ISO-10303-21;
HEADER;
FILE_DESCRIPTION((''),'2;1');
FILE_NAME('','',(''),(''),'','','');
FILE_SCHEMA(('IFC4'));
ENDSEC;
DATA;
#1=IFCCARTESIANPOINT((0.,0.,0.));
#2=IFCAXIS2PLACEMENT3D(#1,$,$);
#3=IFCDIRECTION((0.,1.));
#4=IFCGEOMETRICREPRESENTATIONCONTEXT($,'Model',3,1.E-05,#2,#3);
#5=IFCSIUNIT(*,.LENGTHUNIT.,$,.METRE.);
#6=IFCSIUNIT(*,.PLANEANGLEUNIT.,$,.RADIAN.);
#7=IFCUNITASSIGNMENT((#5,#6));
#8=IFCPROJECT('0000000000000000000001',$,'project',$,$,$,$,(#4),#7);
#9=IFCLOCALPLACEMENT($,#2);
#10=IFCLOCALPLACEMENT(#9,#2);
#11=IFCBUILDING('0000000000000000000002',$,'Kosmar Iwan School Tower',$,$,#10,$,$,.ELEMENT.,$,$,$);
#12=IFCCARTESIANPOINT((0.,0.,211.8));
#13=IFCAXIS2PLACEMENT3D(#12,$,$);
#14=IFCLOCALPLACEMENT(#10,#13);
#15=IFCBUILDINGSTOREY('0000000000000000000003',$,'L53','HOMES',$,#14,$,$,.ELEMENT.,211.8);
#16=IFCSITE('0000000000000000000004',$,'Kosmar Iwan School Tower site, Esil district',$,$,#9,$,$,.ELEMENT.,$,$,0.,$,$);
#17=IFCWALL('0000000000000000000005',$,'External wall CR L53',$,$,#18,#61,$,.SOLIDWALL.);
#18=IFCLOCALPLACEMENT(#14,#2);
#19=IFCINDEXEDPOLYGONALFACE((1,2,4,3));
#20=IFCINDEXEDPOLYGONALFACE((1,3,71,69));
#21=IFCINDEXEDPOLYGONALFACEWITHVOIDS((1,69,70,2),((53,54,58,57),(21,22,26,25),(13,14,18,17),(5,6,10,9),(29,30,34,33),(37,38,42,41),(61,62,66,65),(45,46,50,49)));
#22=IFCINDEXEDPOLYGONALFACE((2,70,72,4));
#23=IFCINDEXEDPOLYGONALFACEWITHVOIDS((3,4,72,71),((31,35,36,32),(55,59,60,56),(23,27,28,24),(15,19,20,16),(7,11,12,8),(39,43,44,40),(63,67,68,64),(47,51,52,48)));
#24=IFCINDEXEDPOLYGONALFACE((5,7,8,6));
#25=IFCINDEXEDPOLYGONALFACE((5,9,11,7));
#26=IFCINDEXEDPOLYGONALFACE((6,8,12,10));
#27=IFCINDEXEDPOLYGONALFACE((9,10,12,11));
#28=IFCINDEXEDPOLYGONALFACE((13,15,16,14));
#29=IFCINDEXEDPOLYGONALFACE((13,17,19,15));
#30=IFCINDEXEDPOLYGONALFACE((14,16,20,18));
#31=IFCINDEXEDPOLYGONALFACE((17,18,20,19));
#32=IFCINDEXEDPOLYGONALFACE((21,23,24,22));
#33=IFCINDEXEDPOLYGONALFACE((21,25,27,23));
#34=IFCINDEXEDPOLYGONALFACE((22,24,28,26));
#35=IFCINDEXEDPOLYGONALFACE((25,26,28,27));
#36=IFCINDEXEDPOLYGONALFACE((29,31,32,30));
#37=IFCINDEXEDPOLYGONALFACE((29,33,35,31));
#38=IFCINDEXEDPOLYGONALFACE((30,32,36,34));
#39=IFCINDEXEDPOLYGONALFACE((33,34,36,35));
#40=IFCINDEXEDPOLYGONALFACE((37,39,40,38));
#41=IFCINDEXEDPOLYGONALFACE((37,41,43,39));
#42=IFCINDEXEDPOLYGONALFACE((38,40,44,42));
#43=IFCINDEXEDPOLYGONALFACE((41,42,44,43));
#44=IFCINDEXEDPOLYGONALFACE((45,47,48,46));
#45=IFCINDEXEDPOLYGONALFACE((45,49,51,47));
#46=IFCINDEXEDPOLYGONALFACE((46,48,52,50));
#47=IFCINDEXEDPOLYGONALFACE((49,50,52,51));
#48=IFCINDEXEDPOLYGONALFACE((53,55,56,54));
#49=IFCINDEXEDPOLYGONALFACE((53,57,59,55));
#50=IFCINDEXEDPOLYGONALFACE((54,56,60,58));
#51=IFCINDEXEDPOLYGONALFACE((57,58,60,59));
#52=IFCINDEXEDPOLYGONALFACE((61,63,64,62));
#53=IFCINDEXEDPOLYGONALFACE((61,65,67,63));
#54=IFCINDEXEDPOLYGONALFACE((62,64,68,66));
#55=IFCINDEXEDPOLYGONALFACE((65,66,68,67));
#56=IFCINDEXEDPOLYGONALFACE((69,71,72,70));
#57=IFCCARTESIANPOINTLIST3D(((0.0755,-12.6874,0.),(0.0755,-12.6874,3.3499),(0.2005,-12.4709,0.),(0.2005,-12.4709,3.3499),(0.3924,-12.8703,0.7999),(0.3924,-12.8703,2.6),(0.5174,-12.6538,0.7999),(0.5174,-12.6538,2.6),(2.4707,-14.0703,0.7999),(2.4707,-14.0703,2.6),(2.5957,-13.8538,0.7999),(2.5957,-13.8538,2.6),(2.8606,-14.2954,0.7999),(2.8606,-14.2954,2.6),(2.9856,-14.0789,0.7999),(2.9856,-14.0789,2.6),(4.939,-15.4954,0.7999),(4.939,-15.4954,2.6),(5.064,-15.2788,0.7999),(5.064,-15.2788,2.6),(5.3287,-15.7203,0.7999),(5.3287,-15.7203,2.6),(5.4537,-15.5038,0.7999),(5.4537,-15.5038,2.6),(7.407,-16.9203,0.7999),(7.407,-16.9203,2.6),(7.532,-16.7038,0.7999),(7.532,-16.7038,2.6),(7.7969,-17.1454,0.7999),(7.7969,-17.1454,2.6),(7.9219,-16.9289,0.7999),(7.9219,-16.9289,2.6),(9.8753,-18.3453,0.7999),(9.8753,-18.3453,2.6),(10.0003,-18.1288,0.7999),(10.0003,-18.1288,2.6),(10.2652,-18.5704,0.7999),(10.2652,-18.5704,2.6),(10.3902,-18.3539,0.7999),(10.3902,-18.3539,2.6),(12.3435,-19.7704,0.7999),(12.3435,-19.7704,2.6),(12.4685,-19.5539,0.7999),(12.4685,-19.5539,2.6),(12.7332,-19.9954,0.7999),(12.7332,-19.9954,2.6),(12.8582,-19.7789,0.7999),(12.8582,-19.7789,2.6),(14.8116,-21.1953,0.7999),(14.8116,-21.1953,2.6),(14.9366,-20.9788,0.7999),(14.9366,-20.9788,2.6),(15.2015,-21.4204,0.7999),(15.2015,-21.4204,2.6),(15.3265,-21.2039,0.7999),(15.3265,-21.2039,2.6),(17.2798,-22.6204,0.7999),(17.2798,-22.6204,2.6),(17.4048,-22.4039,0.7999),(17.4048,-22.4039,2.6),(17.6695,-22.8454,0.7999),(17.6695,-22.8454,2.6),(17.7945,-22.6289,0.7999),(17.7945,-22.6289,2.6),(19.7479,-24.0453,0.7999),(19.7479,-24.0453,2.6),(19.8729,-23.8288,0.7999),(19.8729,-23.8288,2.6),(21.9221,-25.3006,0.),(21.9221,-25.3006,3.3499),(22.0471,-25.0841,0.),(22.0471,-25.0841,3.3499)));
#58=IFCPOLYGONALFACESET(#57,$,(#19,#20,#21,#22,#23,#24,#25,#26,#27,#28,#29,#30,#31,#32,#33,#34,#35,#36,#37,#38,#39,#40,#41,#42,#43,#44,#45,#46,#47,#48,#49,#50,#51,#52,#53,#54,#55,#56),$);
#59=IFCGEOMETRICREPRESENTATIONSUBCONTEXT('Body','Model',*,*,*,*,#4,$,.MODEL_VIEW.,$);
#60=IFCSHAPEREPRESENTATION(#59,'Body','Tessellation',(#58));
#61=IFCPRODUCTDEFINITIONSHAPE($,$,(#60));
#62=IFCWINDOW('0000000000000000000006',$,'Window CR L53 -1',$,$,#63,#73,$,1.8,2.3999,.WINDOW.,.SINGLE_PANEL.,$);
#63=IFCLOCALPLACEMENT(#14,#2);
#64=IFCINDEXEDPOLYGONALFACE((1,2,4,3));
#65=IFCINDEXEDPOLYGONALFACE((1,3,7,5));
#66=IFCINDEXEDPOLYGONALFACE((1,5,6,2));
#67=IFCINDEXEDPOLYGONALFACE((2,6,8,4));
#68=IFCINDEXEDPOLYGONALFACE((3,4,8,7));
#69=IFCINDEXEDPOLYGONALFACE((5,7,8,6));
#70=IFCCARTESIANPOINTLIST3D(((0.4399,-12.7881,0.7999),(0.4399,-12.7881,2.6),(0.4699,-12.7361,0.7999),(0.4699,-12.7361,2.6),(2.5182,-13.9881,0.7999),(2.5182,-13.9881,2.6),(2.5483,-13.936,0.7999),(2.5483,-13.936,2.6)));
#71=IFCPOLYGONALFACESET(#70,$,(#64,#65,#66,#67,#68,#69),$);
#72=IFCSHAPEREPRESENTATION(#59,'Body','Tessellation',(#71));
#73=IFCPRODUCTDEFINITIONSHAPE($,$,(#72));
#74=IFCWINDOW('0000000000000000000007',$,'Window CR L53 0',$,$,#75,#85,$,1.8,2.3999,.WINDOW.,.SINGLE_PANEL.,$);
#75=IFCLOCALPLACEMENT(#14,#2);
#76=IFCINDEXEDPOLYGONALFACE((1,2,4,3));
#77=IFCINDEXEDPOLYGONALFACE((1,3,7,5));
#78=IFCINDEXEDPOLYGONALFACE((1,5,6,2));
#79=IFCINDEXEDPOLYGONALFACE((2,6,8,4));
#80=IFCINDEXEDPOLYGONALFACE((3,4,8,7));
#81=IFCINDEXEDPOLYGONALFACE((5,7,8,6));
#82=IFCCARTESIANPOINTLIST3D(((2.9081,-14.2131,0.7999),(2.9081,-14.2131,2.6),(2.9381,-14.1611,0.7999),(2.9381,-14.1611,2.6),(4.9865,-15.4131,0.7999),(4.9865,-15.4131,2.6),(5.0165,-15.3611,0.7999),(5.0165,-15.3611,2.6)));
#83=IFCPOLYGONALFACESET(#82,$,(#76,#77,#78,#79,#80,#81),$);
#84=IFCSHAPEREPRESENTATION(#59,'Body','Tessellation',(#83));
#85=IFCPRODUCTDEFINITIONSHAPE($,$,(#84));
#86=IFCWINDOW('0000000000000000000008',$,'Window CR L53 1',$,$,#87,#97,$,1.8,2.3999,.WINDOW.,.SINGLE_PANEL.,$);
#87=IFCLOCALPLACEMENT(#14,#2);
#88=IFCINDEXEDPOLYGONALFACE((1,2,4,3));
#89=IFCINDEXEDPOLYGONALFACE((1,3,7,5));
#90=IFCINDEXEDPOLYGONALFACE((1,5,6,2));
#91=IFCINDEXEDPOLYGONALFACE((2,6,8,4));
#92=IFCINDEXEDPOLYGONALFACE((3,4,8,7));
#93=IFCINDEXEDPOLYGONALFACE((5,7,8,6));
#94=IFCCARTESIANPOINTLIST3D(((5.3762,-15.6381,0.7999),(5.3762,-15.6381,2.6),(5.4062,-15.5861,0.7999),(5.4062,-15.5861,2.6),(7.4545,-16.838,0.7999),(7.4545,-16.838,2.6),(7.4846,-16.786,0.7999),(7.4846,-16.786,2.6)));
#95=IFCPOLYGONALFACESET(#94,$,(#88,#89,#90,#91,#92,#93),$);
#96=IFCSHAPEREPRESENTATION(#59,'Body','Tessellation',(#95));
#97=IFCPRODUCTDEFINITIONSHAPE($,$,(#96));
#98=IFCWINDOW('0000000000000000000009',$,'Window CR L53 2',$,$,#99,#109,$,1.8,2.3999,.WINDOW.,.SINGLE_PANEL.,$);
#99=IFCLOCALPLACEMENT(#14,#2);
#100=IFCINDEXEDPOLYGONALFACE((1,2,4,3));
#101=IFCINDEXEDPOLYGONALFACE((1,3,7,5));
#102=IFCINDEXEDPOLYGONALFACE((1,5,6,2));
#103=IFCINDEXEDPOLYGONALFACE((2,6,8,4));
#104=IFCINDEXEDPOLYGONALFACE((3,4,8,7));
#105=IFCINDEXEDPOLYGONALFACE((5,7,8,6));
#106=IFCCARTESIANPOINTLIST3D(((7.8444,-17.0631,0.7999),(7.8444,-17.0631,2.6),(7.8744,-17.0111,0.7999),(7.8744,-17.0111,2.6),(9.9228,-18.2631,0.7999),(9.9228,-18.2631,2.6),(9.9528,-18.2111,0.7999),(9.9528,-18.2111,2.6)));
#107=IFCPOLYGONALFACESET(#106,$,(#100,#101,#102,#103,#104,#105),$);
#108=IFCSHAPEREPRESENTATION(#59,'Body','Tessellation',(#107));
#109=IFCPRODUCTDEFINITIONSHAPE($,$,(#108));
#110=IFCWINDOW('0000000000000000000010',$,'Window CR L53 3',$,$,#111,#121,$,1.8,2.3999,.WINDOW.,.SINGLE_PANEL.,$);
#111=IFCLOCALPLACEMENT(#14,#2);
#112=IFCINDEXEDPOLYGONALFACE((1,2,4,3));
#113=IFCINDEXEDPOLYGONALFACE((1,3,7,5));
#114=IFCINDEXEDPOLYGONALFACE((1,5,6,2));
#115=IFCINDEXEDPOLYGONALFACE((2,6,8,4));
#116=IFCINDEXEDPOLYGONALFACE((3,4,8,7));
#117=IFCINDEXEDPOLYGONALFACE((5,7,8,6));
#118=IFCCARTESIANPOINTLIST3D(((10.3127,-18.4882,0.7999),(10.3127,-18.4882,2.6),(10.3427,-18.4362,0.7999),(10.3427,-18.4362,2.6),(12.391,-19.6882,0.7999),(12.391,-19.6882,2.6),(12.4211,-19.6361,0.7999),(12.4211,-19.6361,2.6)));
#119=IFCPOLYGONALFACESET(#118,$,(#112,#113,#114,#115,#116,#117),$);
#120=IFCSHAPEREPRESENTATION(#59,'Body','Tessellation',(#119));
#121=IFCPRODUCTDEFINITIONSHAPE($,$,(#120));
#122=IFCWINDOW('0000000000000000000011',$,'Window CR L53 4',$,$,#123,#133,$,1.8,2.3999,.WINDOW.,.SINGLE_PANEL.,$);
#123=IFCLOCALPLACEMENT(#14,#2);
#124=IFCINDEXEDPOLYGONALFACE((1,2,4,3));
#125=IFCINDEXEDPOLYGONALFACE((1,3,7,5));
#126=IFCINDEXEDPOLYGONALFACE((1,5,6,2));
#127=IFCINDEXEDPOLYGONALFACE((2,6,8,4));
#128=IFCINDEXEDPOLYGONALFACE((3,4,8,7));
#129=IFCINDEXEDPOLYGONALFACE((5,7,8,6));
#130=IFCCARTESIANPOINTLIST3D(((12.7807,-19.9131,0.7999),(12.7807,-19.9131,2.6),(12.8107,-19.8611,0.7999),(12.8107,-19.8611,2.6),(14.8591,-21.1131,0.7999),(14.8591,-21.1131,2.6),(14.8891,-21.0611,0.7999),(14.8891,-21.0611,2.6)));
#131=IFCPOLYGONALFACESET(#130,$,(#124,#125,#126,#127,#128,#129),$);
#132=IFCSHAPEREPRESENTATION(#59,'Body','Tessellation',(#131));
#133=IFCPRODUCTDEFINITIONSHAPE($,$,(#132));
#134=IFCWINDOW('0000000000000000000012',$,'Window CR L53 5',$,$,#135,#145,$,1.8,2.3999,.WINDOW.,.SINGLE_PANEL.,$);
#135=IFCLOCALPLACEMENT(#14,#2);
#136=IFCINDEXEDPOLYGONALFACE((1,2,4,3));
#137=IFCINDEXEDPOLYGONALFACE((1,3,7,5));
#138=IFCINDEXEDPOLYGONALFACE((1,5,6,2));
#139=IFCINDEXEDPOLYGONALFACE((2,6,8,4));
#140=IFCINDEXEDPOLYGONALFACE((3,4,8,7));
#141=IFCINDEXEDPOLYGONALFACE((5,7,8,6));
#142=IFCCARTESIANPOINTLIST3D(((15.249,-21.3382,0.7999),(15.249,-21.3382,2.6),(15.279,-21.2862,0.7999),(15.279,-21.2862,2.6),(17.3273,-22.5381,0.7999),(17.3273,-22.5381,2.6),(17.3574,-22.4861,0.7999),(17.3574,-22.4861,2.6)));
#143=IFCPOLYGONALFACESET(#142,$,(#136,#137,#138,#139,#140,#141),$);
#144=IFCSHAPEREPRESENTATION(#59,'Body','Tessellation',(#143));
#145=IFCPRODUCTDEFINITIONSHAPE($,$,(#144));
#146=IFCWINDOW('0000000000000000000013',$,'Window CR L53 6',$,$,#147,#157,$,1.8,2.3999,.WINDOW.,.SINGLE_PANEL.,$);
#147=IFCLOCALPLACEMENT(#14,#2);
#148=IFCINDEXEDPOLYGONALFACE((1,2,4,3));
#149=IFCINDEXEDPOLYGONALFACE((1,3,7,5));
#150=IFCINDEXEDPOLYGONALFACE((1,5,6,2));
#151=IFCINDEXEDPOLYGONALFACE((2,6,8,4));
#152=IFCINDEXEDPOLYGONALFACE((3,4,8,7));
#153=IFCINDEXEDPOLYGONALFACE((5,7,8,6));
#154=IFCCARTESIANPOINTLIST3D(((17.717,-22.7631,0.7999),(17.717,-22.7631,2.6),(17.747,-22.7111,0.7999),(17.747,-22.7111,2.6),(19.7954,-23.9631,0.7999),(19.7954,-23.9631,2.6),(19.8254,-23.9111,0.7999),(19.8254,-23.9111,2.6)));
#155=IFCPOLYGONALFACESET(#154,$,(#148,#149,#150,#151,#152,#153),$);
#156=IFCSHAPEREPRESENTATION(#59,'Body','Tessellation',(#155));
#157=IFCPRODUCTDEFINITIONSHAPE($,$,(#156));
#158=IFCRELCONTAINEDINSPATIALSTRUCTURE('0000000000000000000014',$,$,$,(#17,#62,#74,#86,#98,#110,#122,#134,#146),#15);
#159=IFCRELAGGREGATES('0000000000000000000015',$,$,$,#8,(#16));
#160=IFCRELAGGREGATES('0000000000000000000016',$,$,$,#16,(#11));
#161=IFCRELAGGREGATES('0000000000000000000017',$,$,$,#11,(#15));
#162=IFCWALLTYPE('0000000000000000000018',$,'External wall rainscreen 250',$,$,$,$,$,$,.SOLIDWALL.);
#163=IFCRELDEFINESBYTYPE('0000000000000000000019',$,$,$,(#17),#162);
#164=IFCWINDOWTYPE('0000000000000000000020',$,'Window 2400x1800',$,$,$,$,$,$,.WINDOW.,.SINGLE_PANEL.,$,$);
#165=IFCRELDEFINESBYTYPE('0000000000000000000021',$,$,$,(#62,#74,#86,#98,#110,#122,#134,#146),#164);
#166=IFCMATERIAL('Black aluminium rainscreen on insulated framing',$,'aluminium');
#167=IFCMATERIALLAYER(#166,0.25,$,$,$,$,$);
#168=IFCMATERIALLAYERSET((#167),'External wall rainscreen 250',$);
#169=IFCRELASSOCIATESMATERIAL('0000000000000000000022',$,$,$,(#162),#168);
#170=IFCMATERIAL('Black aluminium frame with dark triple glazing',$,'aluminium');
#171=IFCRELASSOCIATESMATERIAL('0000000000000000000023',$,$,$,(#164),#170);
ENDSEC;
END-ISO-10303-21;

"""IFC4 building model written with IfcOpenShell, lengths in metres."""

from ifc_helpers import new_model, si_unit, direction, frame, frame_2d, origin, place, context, subcontext, project, spatial, rectangle, extrude, material, layer, layer_set, type_object, element, fill, save


model = new_model("IFC4")

# Units and contexts
model_context = context("Model", 3, precision=1e-05, world=origin(), true_north=direction((0.0, 1.0)))
body_context = subcontext(model_context, "Body", "Model", "MODEL_VIEW")
ifc_project = project(units=[si_unit("LENGTHUNIT", "METRE"), si_unit("PLANEANGLEUNIT", "RADIAN")], contexts=[model_context])

# Site, building, storey
site_placement = place(None, origin())
site = spatial("IfcSite", under=ifc_project, at=site_placement, Name="Kosmar Iwan School Tower site, Esil district", CompositionType="ELEMENT", RefElevation=0.0)
building_placement = place(site_placement, origin())
building = spatial("IfcBuilding", under=site, at=building_placement, Name="Kosmar Iwan School Tower", CompositionType="ELEMENT")
storey_placement = place(building_placement, frame((0.0, 0.0, 211.8)))
storey = spatial("IfcBuildingStorey", under=building, at=storey_placement, Name="L53", Description="HOMES", CompositionType="ELEMENT", Elevation=211.8)

# Wall, openings, windows
ifc_material_1 = material(Name="Black aluminium rainscreen on insulated framing", Category="aluminium")
ifc_layer_1 = layer(ifc_material_1, 0.25)
ifc_layer_set_1 = layer_set([ifc_layer_1], Name="External wall rainscreen 250")
wall_type_1 = type_object("IfcWallType", Name="External wall rainscreen 250", PredefinedType="SOLIDWALL", material=ifc_layer_set_1)
ifc_material_2 = material(Name="Black aluminium frame with dark triple glazing", Category="aluminium")
window_type = type_object("IfcWindowType", Name="Window 2400x1800", PartitioningType="SINGLE_PANEL", PredefinedType="WINDOW", material=ifc_material_2)
wall_1_placement = place(storey_placement, frame((0.1379, -12.5791, 0.0), z_axis=(0.0, 0.0, 1.0), x_axis=(0.866024, -0.500003, 0.0)))
wall_1 = element("IfcWall", 1, at=wall_1_placement, inside=storey, type_object=wall_type_1, Name="External wall CR L53", PredefinedType="SOLIDWALL", context=body_context, shape_type="SweptSolid", body=[
    extrude(rectangle(XDim=25.2263, YDim=0.25, at=frame_2d((12.6133, 0.0))), origin(), (0.0, 0.0, 1.0), 3.3499),
])
opening_1_placement = place(wall_1_placement, frame((0.366, 0.0, 0.8)))
opening_1 = element("IfcOpeningElement", 2, at=opening_1_placement, cuts=wall_1, PredefinedType="OPENING", context=body_context, shape_type="SweptSolid", body=[
    extrude(rectangle(XDim=2.3999, YDim=1.8, at=frame_2d((1.2, 0.8999))), frame((0.0, 0.137, 0.0), z_axis=(0.0, -1.0, 0.0), x_axis=(1.0, 0.0, 0.0)), (0.0, 0.0, 1.0), 0.2739),
])
opening_2_placement = place(wall_1_placement, frame((3.2161, 0.0, 0.8)))
opening_2 = element("IfcOpeningElement", 3, at=opening_2_placement, cuts=wall_1, PredefinedType="OPENING", context=body_context, shape_type="SweptSolid", body=[
    extrude(rectangle(XDim=2.3999, YDim=1.8, at=frame_2d((1.2, 0.8999))), frame((0.0, 0.137, 0.0), z_axis=(0.0, -1.0, 0.0), x_axis=(1.0, 0.0, 0.0)), (0.0, 0.0, 1.0), 0.2739),
])
opening_3_placement = place(wall_1_placement, frame((6.0659, 0.0, 0.8)))
opening_3 = element("IfcOpeningElement", 4, at=opening_3_placement, cuts=wall_1, PredefinedType="OPENING", context=body_context, shape_type="SweptSolid", body=[
    extrude(rectangle(XDim=2.3999, YDim=1.8, at=frame_2d((1.2, 0.8999))), frame((0.0, 0.137, 0.0), z_axis=(0.0, -1.0, 0.0), x_axis=(1.0, 0.0, 0.0)), (0.0, 0.0, 1.0), 0.2739),
])
opening_4_placement = place(wall_1_placement, frame((8.916, 0.0, 0.8)))
opening_4 = element("IfcOpeningElement", 5, at=opening_4_placement, cuts=wall_1, PredefinedType="OPENING", context=body_context, shape_type="SweptSolid", body=[
    extrude(rectangle(XDim=2.3999, YDim=1.8, at=frame_2d((1.2, 0.8999))), frame((0.0, 0.137, 0.0), z_axis=(0.0, -1.0, 0.0), x_axis=(1.0, 0.0, 0.0)), (0.0, 0.0, 1.0), 0.2739),
])
opening_5_placement = place(wall_1_placement, frame((11.7661, 0.0, 0.8)))
opening_5 = element("IfcOpeningElement", 6, at=opening_5_placement, cuts=wall_1, PredefinedType="OPENING", context=body_context, shape_type="SweptSolid", body=[
    extrude(rectangle(XDim=2.3999, YDim=1.8, at=frame_2d((1.2, 0.8999))), frame((0.0, 0.137, 0.0), z_axis=(0.0, -1.0, 0.0), x_axis=(1.0, 0.0, 0.0)), (0.0, 0.0, 1.0), 0.2739),
])
opening_6_placement = place(wall_1_placement, frame((14.616, 0.0, 0.8)))
opening_6 = element("IfcOpeningElement", 7, at=opening_6_placement, cuts=wall_1, PredefinedType="OPENING", context=body_context, shape_type="SweptSolid", body=[
    extrude(rectangle(XDim=2.3999, YDim=1.8, at=frame_2d((1.2, 0.8999))), frame((0.0, 0.137, 0.0), z_axis=(0.0, -1.0, 0.0), x_axis=(1.0, 0.0, 0.0)), (0.0, 0.0, 1.0), 0.2739),
])
opening_7_placement = place(wall_1_placement, frame((17.4661, 0.0, 0.8)))
opening_7 = element("IfcOpeningElement", 8, at=opening_7_placement, cuts=wall_1, PredefinedType="OPENING", context=body_context, shape_type="SweptSolid", body=[
    extrude(rectangle(XDim=2.3999, YDim=1.8, at=frame_2d((1.2, 0.8999))), frame((0.0, 0.137, 0.0), z_axis=(0.0, -1.0, 0.0), x_axis=(1.0, 0.0, 0.0)), (0.0, 0.0, 1.0), 0.2739),
])
opening_8_placement = place(wall_1_placement, frame((20.3159, 0.0, 0.8)))
opening_8 = element("IfcOpeningElement", 9, at=opening_8_placement, cuts=wall_1, PredefinedType="OPENING", context=body_context, shape_type="SweptSolid", body=[
    extrude(rectangle(XDim=2.3999, YDim=1.8, at=frame_2d((1.2, 0.8999))), frame((0.0, 0.137, 0.0), z_axis=(0.0, -1.0, 0.0), x_axis=(1.0, 0.0, 0.0)), (0.0, 0.0, 1.0), 0.2739),
])
window_1_placement = place(opening_1_placement, origin())
window_1 = element("IfcWindow", 10, at=window_1_placement, inside=storey, type_object=window_type, Name="Window CR L53 -1", OverallHeight=1.8, OverallWidth=2.3999, PartitioningType="SINGLE_PANEL", PredefinedType="WINDOW", context=body_context, shape_type="SweptSolid", body=[
    extrude(rectangle(XDim=2.3999, YDim=1.8, at=frame_2d((1.2, 0.8999))), frame((0.0, 0.03, 0.0), z_axis=(0.0, -1.0, 0.0), x_axis=(1.0, 0.0, 0.0)), (0.0, 0.0, 1.0), 0.0601),
])
fill(opening_1, window_1)
window_2_placement = place(opening_2_placement, origin())
window_2 = element("IfcWindow", 11, at=window_2_placement, inside=storey, type_object=window_type, Name="Window CR L53 0", OverallHeight=1.8, OverallWidth=2.3999, PartitioningType="SINGLE_PANEL", PredefinedType="WINDOW", context=body_context, shape_type="SweptSolid", body=[
    extrude(rectangle(XDim=2.3999, YDim=1.8, at=frame_2d((1.2, 0.8999))), frame((0.0, 0.03, 0.0), z_axis=(0.0, -1.0, 0.0), x_axis=(1.0, 0.0, 0.0)), (0.0, 0.0, 1.0), 0.0601),
])
fill(opening_2, window_2)
window_3_placement = place(opening_3_placement, origin())
window_3 = element("IfcWindow", 12, at=window_3_placement, inside=storey, type_object=window_type, Name="Window CR L53 1", OverallHeight=1.8, OverallWidth=2.3999, PartitioningType="SINGLE_PANEL", PredefinedType="WINDOW", context=body_context, shape_type="SweptSolid", body=[
    extrude(rectangle(XDim=2.3999, YDim=1.8, at=frame_2d((1.2, 0.8999))), frame((0.0, 0.03, 0.0), z_axis=(0.0, -1.0, 0.0), x_axis=(1.0, 0.0, 0.0)), (0.0, 0.0, 1.0), 0.0601),
])
fill(opening_3, window_3)
window_4_placement = place(opening_4_placement, origin())
window_4 = element("IfcWindow", 13, at=window_4_placement, inside=storey, type_object=window_type, Name="Window CR L53 2", OverallHeight=1.8, OverallWidth=2.3999, PartitioningType="SINGLE_PANEL", PredefinedType="WINDOW", context=body_context, shape_type="SweptSolid", body=[
    extrude(rectangle(XDim=2.3999, YDim=1.8, at=frame_2d((1.2, 0.8999))), frame((0.0, 0.03, 0.0), z_axis=(0.0, -1.0, 0.0), x_axis=(1.0, 0.0, 0.0)), (0.0, 0.0, 1.0), 0.0601),
])
fill(opening_4, window_4)
window_5_placement = place(opening_5_placement, origin())
window_5 = element("IfcWindow", 14, at=window_5_placement, inside=storey, type_object=window_type, Name="Window CR L53 3", OverallHeight=1.8, OverallWidth=2.3999, PartitioningType="SINGLE_PANEL", PredefinedType="WINDOW", context=body_context, shape_type="SweptSolid", body=[
    extrude(rectangle(XDim=2.3999, YDim=1.8, at=frame_2d((1.2, 0.8999))), frame((0.0, 0.03, 0.0), z_axis=(0.0, -1.0, 0.0), x_axis=(1.0, 0.0, 0.0)), (0.0, 0.0, 1.0), 0.0601),
])
fill(opening_5, window_5)
window_6_placement = place(opening_6_placement, origin())
window_6 = element("IfcWindow", 15, at=window_6_placement, inside=storey, type_object=window_type, Name="Window CR L53 4", OverallHeight=1.8, OverallWidth=2.3999, PartitioningType="SINGLE_PANEL", PredefinedType="WINDOW", context=body_context, shape_type="SweptSolid", body=[
    extrude(rectangle(XDim=2.3999, YDim=1.8, at=frame_2d((1.2, 0.8999))), frame((0.0, 0.03, 0.0), z_axis=(0.0, -1.0, 0.0), x_axis=(1.0, 0.0, 0.0)), (0.0, 0.0, 1.0), 0.0601),
])
fill(opening_6, window_6)
window_7_placement = place(opening_7_placement, origin())
window_7 = element("IfcWindow", 16, at=window_7_placement, inside=storey, type_object=window_type, Name="Window CR L53 5", OverallHeight=1.8, OverallWidth=2.3999, PartitioningType="SINGLE_PANEL", PredefinedType="WINDOW", context=body_context, shape_type="SweptSolid", body=[
    extrude(rectangle(XDim=2.3999, YDim=1.8, at=frame_2d((1.2, 0.8999))), frame((0.0, 0.03, 0.0), z_axis=(0.0, -1.0, 0.0), x_axis=(1.0, 0.0, 0.0)), (0.0, 0.0, 1.0), 0.0601),
])
fill(opening_7, window_7)
window_8_placement = place(opening_8_placement, origin())
window_8 = element("IfcWindow", 17, at=window_8_placement, inside=storey, type_object=window_type, Name="Window CR L53 6", OverallHeight=1.8, OverallWidth=2.3999, PartitioningType="SINGLE_PANEL", PredefinedType="WINDOW", context=body_context, shape_type="SweptSolid", body=[
    extrude(rectangle(XDim=2.3999, YDim=1.8, at=frame_2d((1.2, 0.8999))), frame((0.0, 0.03, 0.0), z_axis=(0.0, -1.0, 0.0), x_axis=(1.0, 0.0, 0.0)), (0.0, 0.0, 1.0), 0.0601),
])
fill(opening_8, window_8)

save(model, "model.ifc")
